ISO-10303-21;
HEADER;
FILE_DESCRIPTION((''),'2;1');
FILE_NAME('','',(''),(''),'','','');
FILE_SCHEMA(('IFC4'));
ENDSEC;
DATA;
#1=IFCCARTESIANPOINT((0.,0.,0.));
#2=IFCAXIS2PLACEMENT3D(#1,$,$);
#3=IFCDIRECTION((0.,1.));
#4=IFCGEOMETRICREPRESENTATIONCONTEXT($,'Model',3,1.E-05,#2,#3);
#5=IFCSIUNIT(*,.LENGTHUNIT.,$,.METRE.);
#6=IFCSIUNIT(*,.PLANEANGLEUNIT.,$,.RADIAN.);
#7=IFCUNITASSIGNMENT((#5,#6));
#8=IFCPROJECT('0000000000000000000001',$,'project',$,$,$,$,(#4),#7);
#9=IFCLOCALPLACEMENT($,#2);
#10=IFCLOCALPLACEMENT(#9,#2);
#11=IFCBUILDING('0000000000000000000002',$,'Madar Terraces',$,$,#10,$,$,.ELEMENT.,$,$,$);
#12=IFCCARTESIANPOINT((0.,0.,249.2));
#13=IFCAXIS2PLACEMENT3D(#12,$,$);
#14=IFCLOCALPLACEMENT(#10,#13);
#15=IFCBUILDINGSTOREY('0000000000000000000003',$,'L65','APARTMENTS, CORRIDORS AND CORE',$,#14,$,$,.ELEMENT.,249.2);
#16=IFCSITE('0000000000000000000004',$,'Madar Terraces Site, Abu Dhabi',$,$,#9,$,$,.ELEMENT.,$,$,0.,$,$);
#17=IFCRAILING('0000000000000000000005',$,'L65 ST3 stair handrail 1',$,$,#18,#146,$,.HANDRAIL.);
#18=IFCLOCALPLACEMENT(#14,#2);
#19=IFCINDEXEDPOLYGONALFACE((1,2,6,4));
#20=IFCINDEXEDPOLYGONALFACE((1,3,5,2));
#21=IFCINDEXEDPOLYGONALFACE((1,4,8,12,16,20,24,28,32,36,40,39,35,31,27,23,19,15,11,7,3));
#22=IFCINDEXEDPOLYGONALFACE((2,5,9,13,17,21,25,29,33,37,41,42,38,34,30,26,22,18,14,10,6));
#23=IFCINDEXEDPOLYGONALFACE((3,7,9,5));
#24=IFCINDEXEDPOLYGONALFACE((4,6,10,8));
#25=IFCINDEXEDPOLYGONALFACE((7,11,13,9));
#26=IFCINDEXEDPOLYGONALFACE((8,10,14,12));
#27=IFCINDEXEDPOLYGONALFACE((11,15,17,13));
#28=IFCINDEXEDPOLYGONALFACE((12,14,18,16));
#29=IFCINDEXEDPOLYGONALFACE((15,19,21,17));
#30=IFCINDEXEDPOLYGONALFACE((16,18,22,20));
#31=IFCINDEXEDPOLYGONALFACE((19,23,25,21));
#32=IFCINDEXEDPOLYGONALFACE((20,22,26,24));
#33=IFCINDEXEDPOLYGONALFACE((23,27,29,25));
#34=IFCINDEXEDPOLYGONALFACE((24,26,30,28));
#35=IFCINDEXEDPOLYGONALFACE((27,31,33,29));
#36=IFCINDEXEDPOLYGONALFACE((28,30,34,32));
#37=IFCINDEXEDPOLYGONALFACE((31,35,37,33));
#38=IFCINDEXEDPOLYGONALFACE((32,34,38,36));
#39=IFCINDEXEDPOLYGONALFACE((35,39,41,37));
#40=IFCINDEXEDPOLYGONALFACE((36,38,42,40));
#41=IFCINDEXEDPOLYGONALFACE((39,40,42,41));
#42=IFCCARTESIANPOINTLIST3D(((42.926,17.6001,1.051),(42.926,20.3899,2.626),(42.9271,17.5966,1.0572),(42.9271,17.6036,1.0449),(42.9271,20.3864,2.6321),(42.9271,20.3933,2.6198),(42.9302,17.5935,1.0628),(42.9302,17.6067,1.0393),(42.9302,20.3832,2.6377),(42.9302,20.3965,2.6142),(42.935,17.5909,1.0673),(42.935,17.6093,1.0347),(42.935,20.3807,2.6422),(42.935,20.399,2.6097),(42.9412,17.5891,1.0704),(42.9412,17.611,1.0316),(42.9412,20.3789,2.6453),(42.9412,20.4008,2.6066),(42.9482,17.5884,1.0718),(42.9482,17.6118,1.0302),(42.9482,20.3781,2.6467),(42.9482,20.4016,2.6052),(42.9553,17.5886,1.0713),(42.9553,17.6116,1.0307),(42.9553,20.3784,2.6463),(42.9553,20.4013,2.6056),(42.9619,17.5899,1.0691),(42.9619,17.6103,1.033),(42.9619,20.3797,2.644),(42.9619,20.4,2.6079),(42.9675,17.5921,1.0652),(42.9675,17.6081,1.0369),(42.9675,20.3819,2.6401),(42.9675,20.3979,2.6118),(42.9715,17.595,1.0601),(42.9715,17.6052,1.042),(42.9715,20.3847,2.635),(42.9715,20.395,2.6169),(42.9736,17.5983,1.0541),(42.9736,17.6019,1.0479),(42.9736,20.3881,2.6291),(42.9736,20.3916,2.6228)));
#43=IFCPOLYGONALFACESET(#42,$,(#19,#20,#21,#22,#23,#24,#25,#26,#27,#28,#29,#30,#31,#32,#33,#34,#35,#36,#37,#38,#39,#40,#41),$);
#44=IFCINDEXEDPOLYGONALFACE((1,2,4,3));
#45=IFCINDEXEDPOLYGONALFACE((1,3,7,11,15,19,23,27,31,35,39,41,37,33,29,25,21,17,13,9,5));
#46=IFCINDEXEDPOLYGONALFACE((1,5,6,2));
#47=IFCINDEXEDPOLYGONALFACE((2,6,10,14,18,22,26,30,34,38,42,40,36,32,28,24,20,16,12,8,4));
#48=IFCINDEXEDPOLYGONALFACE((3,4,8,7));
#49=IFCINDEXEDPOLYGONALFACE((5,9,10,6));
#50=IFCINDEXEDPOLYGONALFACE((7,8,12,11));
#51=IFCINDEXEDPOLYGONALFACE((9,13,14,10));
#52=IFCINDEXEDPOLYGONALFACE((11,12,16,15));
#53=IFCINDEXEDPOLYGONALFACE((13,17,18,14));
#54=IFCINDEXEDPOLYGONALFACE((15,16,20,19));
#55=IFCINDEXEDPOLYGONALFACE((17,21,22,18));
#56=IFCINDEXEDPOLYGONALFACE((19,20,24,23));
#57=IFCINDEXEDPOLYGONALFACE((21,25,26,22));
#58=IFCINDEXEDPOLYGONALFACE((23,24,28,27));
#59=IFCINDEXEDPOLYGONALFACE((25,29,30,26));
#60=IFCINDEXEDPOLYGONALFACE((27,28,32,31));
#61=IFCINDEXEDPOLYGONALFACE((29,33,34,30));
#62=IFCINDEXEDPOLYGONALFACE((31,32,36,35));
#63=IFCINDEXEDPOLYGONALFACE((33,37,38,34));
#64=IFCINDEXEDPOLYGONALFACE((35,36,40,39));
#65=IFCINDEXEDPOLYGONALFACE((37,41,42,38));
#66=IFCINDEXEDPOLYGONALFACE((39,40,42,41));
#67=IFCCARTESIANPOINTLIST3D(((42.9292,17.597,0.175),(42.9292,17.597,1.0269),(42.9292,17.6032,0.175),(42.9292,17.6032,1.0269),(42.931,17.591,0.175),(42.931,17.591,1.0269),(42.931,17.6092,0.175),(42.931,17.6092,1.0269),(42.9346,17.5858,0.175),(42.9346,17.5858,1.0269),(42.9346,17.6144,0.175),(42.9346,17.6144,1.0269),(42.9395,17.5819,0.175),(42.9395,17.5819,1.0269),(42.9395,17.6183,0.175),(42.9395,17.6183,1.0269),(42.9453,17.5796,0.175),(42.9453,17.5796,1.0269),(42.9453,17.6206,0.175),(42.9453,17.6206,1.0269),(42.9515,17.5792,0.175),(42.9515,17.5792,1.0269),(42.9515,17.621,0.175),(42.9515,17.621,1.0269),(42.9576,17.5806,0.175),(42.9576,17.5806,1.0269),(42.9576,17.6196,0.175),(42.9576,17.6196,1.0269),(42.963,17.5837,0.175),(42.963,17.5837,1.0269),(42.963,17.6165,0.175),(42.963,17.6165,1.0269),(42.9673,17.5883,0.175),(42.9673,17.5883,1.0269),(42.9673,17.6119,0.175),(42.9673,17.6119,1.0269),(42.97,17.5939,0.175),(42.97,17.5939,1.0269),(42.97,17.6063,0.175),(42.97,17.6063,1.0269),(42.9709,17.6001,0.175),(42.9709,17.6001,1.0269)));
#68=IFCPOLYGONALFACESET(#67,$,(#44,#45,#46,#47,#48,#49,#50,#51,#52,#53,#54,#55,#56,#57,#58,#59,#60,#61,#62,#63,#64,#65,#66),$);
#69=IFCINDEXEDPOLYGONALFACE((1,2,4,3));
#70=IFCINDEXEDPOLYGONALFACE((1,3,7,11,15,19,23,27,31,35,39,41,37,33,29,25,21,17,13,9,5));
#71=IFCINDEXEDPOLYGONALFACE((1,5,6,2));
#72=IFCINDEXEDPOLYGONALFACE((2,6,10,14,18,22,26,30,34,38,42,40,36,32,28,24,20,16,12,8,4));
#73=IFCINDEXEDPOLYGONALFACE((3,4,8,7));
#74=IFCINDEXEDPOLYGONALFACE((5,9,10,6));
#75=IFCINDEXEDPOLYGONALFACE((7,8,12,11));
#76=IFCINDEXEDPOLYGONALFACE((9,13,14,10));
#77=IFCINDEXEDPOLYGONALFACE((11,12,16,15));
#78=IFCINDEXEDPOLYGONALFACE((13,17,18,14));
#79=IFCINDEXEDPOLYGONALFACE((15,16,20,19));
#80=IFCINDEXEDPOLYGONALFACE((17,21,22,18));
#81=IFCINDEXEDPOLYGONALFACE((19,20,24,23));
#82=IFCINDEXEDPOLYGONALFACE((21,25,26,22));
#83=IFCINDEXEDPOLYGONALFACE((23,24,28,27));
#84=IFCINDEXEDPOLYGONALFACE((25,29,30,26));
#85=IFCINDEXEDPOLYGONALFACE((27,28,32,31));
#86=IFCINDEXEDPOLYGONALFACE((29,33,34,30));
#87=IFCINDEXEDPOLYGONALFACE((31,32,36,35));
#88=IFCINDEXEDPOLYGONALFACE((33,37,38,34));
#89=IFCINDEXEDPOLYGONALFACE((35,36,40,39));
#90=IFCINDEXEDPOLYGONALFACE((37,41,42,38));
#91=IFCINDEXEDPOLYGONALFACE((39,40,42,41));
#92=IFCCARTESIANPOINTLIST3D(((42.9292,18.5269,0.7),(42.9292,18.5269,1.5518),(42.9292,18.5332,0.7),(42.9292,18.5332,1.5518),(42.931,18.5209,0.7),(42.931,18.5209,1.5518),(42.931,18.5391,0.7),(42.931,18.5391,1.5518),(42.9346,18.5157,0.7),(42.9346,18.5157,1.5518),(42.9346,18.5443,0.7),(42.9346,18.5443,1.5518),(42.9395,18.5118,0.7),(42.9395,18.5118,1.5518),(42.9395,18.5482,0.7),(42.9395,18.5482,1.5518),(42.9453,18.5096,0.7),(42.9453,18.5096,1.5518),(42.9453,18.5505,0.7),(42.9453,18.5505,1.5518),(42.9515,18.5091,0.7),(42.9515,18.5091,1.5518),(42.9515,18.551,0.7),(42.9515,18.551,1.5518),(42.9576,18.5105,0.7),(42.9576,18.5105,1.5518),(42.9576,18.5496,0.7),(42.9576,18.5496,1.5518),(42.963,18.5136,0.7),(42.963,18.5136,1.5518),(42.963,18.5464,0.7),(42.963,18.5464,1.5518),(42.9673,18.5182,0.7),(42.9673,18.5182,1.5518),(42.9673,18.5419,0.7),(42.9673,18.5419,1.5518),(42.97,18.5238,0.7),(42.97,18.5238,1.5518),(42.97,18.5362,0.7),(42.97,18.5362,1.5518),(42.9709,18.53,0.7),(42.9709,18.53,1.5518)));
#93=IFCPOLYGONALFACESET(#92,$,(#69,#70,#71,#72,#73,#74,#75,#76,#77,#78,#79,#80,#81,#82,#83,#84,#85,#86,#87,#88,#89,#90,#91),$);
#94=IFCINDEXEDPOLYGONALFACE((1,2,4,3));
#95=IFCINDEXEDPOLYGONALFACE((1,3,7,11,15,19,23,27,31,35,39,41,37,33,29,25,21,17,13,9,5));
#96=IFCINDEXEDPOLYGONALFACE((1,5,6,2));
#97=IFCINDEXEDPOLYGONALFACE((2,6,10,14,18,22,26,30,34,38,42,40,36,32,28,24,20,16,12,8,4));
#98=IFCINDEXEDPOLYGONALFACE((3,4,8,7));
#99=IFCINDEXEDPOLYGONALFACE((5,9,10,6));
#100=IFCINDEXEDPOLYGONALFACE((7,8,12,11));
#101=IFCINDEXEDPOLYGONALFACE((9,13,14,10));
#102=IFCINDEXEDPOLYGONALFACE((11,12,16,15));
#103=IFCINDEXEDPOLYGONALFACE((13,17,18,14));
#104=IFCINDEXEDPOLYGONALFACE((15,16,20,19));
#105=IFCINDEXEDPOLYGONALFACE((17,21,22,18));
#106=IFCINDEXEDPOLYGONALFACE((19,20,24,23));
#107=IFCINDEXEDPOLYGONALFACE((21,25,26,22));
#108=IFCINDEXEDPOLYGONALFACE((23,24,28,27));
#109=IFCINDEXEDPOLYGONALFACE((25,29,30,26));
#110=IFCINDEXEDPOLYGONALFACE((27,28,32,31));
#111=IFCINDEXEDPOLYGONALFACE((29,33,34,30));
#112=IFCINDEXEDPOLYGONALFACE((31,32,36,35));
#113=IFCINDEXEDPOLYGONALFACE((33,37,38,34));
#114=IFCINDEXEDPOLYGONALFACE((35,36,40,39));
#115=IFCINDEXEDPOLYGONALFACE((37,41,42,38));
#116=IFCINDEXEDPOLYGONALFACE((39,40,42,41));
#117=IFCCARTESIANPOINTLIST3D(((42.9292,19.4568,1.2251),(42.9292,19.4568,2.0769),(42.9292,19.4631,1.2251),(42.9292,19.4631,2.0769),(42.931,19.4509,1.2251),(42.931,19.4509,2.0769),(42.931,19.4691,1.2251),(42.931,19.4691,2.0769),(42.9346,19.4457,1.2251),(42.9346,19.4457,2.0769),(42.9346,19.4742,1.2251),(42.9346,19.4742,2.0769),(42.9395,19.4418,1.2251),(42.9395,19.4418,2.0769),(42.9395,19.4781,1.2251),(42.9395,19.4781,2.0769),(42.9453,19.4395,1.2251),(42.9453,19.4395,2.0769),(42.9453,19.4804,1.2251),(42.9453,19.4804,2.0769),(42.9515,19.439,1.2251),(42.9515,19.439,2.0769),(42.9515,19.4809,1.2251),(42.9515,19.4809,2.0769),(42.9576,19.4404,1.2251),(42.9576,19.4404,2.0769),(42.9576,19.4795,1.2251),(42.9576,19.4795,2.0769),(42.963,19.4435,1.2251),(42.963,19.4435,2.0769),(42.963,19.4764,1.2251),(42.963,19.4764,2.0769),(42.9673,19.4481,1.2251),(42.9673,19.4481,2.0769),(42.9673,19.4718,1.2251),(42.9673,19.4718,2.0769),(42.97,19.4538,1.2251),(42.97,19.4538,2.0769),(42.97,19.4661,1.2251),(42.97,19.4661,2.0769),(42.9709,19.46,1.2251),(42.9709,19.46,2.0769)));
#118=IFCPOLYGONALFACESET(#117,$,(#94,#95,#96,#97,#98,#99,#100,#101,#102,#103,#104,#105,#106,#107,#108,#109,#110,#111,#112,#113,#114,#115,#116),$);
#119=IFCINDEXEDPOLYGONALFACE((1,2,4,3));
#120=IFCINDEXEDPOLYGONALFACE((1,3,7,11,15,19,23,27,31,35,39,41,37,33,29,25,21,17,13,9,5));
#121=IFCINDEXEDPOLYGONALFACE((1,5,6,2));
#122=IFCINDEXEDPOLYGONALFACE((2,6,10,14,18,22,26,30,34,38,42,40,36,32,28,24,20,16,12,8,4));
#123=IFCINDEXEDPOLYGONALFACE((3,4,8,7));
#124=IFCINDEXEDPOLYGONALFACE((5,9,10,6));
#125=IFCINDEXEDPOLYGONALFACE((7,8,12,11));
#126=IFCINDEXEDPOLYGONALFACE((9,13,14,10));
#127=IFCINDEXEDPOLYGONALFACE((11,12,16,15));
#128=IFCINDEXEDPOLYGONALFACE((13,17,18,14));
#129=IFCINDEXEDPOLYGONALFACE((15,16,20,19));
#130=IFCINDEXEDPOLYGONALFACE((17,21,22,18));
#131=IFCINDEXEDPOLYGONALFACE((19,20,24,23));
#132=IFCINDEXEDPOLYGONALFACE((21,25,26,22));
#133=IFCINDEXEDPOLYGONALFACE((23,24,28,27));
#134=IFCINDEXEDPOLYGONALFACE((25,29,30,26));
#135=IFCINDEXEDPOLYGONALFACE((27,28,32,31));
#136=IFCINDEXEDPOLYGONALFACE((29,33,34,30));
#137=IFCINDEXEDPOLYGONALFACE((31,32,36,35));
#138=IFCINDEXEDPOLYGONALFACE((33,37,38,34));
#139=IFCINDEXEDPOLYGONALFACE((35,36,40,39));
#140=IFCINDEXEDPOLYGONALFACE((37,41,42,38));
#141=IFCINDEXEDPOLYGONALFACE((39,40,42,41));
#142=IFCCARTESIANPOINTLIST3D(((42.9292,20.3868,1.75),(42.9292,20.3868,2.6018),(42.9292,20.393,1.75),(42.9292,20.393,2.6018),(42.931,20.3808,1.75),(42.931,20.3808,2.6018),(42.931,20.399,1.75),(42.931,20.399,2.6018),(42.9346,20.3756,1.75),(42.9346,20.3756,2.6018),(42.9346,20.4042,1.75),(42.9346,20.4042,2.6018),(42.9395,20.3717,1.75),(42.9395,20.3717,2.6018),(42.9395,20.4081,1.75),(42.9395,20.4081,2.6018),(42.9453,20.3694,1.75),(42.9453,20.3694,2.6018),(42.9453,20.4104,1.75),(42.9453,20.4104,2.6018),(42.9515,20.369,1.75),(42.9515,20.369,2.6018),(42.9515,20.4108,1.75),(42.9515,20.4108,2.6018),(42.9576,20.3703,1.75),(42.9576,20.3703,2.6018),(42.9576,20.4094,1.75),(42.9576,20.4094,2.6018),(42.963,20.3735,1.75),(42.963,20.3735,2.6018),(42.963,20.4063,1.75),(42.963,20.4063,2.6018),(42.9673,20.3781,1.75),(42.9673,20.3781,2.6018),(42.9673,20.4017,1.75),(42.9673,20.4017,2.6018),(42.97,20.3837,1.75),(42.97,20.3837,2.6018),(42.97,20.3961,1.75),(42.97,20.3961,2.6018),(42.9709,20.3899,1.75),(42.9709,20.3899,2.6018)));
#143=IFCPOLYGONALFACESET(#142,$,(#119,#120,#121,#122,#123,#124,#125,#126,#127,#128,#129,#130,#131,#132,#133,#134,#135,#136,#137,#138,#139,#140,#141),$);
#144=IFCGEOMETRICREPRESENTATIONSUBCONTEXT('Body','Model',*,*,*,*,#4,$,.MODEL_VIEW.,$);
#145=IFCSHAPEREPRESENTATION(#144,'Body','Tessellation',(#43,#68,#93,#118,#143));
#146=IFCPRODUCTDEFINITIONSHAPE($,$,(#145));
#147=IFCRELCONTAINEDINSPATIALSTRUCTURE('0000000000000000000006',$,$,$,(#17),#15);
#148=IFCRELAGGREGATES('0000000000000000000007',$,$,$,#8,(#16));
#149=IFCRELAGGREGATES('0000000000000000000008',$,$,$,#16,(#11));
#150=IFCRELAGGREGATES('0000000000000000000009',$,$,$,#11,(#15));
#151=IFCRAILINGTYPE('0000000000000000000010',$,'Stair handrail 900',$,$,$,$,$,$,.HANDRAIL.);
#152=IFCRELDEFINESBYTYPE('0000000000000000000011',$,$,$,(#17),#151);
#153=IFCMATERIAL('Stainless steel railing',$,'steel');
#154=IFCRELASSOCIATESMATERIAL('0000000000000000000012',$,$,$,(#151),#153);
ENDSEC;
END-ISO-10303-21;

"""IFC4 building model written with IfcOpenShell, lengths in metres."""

from ifc_helpers import new_model, si_unit, direction, frame, origin, origin_2d, place, context, subcontext, project, spatial, circle, extrude, material, type_object, element, save


model = new_model("IFC4")

# Units and contexts
model_context = context("Model", 3, precision=1e-05, world=origin(), true_north=direction((0.0, 1.0)))
body_context = subcontext(model_context, "Body", "Model", "MODEL_VIEW")
ifc_project = project(units=[si_unit("LENGTHUNIT", "METRE"), si_unit("PLANEANGLEUNIT", "RADIAN")], contexts=[model_context])

# Site, building, storey
site_placement = place(None, origin())
site = spatial("IfcSite", under=ifc_project, at=site_placement, Name="Madar Terraces Site, Abu Dhabi", CompositionType="ELEMENT", RefElevation=0.0)
building_placement = place(site_placement, origin())
building = spatial("IfcBuilding", under=site, at=building_placement, Name="Madar Terraces", CompositionType="ELEMENT")
storey_placement = place(building_placement, frame((0.0, 0.0, 249.2)))
storey = spatial("IfcBuildingStorey", under=building, at=storey_placement, Name="L65", Description="APARTMENTS, CORRIDORS AND CORE", CompositionType="ELEMENT", Elevation=249.2)

# Railing
ifc_material_1 = material(Name="Stainless steel railing", Category="steel")
railing_type_1 = type_object("IfcRailingType", Name="Stair handrail 900", PredefinedType="HANDRAIL", material=ifc_material_1)
railing_1_placement = place(storey_placement, frame((42.95, 17.6001, 0.175)))
element("IfcRailing", 1, at=railing_1_placement, inside=storey, type_object=railing_type_1, Name="L65 ST3 stair handrail 1", PredefinedType="HANDRAIL", context=body_context, shape_type="SweptSolid", body=[
    extrude(circle(Radius=0.0239, at=origin_2d()), frame((0.0, 0.0, 0.876), z_axis=(0.0, 0.870815, 0.49161), x_axis=(-1.0, 0.0, 0.0)), (0.0, 0.0, 1.0), 3.2036),
    extrude(circle(Radius=0.021, at=origin_2d()), origin(), (0.0, 0.0, 1.0), 0.8518),
    extrude(circle(Radius=0.021, at=origin_2d()), frame((0.0, 0.9299, 0.5249)), (0.0, 0.0, 1.0), 0.8518),
    extrude(circle(Radius=0.021, at=origin_2d()), frame((0.0, 1.8599, 1.05)), (0.0, 0.0, 1.0), 0.8518),
    extrude(circle(Radius=0.021, at=origin_2d()), frame((0.0, 2.7898, 1.575)), (0.0, 0.0, 1.0), 0.8518),
])

save(model, "model.ifc")
